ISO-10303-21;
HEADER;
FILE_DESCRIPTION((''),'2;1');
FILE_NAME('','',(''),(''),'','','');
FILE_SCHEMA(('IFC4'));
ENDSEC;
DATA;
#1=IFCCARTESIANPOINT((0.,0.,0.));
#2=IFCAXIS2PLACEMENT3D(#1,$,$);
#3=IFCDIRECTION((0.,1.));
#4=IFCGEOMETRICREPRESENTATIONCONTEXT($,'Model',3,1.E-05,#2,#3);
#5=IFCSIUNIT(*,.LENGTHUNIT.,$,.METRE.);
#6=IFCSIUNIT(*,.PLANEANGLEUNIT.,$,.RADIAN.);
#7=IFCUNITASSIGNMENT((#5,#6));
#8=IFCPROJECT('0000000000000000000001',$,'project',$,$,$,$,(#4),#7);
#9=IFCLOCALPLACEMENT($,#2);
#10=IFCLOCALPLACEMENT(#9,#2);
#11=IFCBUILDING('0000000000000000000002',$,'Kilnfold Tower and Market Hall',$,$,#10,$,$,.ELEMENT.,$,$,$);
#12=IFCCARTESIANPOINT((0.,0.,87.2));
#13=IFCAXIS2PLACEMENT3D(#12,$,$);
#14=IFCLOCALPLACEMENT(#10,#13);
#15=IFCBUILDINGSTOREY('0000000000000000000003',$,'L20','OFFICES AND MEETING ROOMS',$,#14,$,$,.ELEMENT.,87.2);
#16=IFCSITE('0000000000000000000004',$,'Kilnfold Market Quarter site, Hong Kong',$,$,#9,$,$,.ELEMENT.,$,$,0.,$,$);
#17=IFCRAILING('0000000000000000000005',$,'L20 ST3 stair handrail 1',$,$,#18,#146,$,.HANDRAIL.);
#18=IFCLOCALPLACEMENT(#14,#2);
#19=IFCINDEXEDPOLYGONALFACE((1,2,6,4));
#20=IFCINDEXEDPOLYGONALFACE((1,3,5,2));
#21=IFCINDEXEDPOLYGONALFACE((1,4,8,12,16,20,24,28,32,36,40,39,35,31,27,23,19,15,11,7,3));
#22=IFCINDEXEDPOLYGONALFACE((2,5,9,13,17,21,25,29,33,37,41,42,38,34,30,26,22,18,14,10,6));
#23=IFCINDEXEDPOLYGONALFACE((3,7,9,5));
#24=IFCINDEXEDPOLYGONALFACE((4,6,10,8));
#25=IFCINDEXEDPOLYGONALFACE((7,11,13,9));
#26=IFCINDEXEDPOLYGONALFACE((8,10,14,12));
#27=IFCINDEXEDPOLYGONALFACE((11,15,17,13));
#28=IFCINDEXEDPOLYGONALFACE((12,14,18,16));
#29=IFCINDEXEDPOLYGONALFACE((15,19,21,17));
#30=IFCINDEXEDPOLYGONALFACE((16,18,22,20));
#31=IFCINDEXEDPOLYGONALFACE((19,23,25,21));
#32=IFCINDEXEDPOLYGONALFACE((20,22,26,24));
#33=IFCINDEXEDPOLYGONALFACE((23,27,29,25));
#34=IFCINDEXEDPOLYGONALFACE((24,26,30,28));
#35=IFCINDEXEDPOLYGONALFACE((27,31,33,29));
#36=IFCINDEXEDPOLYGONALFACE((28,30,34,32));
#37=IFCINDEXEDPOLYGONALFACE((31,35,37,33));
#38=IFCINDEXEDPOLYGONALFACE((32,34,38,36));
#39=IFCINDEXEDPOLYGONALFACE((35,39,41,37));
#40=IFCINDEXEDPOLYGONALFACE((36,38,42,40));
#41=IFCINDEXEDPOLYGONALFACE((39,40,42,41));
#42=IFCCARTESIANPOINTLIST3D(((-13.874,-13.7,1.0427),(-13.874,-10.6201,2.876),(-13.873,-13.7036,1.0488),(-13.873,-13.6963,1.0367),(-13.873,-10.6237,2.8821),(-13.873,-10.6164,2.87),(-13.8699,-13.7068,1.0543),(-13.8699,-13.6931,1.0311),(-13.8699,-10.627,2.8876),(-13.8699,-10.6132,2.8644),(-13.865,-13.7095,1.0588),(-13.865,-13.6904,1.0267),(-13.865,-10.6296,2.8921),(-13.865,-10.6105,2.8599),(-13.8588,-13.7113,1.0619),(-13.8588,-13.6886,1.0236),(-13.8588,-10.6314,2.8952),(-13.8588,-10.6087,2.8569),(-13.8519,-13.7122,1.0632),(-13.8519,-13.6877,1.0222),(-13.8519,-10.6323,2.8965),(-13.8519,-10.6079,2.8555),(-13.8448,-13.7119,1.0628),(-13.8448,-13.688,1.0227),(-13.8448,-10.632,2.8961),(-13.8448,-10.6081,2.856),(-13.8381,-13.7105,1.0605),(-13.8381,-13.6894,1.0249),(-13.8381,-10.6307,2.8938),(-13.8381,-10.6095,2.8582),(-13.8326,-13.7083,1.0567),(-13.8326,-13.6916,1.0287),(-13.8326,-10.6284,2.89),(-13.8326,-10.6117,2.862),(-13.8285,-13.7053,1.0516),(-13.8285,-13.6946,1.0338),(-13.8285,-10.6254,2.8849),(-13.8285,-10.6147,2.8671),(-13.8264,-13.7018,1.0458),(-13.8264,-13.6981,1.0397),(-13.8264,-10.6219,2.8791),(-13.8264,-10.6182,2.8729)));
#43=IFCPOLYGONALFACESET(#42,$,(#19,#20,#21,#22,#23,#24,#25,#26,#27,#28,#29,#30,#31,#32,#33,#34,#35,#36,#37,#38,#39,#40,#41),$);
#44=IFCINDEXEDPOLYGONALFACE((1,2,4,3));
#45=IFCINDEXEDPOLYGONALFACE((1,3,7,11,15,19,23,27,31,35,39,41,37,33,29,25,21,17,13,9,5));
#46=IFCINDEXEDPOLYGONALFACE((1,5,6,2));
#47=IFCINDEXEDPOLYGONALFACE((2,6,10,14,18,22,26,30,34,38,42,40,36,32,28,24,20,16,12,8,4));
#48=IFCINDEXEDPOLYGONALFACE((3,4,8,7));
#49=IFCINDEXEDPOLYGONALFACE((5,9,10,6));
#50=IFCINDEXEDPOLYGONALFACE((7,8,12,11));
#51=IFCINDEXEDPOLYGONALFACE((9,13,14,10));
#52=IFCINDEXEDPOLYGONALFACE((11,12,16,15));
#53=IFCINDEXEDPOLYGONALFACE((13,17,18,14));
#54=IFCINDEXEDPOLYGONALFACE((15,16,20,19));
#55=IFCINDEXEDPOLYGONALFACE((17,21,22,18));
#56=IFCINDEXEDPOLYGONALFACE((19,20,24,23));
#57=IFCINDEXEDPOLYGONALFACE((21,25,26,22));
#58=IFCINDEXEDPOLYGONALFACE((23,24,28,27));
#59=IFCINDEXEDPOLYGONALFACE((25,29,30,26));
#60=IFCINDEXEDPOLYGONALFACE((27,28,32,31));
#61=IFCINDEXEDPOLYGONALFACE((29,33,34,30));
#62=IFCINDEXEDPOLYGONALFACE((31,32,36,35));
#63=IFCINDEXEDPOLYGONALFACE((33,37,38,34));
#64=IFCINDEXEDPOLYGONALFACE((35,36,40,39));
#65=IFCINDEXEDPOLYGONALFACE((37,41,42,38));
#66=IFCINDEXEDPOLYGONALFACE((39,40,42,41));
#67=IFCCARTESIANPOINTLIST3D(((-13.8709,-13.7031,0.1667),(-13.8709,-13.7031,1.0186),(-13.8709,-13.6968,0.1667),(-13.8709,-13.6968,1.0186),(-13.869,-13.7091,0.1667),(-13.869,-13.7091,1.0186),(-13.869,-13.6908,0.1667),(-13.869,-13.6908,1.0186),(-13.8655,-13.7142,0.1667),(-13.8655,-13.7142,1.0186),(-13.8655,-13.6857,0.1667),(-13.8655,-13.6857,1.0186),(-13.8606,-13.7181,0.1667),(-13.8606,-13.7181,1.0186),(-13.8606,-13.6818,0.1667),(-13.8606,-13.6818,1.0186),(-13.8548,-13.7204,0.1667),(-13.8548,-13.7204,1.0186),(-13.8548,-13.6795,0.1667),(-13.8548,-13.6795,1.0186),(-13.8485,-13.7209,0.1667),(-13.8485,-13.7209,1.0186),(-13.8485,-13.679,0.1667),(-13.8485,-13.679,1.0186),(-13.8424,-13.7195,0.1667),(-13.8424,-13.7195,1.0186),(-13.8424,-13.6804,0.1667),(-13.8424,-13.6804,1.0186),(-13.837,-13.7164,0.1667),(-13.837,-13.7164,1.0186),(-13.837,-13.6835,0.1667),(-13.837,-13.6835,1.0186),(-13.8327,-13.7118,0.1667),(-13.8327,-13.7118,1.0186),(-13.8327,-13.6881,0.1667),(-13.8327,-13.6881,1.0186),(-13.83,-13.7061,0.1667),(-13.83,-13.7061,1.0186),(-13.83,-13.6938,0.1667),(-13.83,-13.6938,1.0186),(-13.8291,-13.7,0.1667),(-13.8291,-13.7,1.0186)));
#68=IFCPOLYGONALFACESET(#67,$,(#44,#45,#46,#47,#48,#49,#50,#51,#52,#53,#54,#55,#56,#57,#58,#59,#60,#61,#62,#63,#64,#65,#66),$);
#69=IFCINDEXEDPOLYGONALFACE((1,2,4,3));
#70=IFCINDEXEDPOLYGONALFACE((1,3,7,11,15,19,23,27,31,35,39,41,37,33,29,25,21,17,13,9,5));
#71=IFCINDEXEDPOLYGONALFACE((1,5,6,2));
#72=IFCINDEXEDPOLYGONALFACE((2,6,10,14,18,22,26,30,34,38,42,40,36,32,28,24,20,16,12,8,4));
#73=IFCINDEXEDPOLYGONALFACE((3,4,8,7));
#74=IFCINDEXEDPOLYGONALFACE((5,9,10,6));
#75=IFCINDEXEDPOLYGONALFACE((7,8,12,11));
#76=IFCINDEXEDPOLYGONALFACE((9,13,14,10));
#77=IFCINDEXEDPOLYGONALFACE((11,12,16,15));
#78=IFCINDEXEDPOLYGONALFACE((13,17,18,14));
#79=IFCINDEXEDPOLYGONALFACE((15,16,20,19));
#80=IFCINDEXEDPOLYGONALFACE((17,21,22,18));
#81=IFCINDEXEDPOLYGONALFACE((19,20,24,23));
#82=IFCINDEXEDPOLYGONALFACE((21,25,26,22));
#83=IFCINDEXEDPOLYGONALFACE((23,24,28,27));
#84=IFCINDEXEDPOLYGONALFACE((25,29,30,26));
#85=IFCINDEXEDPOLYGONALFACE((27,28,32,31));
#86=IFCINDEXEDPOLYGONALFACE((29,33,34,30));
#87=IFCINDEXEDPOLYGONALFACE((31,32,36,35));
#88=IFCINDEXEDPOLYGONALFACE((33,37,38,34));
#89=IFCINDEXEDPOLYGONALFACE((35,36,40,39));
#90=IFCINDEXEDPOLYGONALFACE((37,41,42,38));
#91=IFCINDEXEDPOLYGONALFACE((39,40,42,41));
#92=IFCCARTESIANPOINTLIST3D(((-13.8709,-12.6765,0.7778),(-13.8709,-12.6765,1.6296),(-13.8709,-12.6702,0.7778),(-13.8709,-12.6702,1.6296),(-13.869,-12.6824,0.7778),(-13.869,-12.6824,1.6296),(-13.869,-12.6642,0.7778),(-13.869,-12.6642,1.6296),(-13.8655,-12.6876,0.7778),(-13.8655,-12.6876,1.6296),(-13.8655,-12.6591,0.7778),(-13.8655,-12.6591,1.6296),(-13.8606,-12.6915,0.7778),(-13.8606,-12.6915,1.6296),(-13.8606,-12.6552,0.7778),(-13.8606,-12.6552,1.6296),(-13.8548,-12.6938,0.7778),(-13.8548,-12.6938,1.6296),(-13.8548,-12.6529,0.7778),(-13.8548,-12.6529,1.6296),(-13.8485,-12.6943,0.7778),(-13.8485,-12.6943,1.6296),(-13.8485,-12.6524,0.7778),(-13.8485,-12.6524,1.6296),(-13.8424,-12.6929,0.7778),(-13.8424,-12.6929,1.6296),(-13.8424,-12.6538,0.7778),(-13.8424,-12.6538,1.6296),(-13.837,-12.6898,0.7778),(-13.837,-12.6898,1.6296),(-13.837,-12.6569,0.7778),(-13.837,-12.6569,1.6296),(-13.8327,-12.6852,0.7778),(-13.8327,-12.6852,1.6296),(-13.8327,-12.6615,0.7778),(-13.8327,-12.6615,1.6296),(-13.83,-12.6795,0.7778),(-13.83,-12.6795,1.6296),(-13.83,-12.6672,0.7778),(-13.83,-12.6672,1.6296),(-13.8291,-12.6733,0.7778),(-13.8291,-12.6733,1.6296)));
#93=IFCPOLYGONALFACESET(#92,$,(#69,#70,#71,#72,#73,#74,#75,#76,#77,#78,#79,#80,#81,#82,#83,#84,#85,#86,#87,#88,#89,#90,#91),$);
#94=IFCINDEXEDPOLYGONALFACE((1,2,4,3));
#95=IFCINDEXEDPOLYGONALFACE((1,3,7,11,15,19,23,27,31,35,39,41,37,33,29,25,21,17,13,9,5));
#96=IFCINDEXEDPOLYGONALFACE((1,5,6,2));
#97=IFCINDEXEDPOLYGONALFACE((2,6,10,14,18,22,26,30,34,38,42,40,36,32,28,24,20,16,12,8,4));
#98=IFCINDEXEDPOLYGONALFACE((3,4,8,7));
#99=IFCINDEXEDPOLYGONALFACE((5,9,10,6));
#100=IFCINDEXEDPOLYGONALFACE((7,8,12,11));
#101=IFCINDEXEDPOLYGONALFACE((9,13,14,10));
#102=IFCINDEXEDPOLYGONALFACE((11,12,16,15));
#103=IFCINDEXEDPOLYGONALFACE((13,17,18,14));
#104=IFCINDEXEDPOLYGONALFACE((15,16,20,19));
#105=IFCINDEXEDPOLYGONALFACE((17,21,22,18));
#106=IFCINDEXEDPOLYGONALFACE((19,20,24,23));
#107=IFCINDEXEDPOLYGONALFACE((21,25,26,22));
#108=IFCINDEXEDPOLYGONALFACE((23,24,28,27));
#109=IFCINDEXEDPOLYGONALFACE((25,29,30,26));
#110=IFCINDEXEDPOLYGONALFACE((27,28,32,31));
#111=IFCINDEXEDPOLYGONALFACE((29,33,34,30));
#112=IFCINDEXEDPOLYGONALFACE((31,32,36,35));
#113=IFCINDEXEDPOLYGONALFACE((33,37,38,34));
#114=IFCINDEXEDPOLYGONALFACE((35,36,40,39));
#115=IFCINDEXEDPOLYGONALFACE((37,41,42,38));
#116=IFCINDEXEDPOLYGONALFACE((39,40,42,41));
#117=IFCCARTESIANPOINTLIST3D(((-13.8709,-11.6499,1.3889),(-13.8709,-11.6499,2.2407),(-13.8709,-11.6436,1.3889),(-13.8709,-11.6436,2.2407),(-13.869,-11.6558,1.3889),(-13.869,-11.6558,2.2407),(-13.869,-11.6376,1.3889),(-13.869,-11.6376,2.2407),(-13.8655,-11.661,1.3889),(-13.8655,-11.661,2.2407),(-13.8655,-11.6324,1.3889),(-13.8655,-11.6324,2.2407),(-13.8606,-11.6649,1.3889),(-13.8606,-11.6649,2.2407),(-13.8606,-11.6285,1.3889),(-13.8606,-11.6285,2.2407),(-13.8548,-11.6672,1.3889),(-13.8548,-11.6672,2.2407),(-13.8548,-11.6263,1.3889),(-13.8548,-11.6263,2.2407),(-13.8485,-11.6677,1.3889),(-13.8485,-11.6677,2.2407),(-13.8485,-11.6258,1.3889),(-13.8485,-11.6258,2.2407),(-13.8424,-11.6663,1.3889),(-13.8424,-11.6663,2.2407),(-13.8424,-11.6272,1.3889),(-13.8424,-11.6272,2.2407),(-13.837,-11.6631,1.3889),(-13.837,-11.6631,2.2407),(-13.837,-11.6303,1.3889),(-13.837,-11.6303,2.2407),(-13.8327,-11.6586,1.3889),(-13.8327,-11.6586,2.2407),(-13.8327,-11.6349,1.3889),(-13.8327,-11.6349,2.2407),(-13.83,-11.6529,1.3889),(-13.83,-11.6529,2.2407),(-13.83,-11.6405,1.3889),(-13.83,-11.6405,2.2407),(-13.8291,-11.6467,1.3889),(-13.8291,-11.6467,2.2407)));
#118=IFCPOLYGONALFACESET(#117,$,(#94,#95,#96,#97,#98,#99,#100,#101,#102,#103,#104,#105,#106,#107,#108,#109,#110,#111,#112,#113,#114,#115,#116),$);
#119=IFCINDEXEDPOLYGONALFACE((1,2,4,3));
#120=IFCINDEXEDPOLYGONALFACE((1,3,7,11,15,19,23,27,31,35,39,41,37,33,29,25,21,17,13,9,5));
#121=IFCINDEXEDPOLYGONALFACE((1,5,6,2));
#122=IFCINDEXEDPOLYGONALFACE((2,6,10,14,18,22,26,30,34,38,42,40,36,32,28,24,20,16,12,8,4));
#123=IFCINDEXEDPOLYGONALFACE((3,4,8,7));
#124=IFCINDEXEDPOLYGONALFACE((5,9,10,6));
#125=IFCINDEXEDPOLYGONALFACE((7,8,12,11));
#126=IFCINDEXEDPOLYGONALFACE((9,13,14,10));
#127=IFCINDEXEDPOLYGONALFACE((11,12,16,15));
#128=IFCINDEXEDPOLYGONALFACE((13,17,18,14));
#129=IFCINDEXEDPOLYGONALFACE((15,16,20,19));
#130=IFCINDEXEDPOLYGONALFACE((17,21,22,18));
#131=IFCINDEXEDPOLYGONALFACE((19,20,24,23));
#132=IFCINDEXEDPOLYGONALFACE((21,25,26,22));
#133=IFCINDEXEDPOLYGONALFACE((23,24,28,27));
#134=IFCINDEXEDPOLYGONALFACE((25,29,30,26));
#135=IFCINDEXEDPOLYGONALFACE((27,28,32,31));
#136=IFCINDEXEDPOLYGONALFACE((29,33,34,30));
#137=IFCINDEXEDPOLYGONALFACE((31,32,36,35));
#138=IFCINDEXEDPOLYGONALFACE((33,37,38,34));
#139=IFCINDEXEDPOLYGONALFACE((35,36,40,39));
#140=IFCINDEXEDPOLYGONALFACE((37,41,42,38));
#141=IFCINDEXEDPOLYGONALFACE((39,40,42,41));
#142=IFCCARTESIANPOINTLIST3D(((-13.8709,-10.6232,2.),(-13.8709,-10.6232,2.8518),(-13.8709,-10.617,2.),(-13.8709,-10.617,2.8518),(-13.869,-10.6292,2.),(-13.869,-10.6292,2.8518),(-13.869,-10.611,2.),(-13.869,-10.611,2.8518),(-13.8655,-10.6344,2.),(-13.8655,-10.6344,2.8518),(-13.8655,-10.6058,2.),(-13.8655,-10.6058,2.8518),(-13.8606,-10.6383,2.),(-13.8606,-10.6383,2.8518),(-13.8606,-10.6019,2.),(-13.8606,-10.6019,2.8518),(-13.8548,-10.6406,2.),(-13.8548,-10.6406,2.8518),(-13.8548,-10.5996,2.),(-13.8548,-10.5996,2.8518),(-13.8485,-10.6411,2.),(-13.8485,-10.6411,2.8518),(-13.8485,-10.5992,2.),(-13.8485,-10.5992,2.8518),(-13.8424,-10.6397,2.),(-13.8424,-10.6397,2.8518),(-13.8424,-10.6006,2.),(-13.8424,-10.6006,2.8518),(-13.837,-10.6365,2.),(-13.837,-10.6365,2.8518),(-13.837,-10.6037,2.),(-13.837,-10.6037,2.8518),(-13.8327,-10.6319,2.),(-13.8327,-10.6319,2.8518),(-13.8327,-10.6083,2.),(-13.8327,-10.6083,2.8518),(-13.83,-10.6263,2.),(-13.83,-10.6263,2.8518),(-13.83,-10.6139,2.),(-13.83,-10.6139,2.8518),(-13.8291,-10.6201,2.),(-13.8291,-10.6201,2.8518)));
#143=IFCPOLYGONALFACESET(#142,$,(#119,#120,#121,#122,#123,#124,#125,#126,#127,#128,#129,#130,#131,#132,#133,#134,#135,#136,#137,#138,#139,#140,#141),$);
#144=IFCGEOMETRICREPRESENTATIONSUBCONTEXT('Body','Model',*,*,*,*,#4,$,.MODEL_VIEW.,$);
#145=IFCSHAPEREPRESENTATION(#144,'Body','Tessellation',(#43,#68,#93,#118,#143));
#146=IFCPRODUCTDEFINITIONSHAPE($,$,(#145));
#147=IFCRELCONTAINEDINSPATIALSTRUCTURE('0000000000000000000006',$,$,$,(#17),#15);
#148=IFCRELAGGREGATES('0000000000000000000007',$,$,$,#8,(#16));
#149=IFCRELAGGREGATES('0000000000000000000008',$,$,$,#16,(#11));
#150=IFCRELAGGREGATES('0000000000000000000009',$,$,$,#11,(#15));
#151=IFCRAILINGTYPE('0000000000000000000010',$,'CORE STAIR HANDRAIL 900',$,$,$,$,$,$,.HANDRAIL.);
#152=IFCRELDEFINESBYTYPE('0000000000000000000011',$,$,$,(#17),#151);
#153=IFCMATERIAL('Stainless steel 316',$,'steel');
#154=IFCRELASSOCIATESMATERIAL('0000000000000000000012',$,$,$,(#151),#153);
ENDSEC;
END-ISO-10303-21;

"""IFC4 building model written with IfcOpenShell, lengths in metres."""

from ifc_helpers import new_model, si_unit, direction, frame, origin, origin_2d, place, context, subcontext, project, spatial, circle, extrude, material, type_object, element, save


model = new_model("IFC4")

# Units and contexts
model_context = context("Model", 3, precision=1e-05, world=origin(), true_north=direction((0.0, 1.0)))
body_context = subcontext(model_context, "Body", "Model", "MODEL_VIEW")
ifc_project = project(units=[si_unit("LENGTHUNIT", "METRE"), si_unit("PLANEANGLEUNIT", "RADIAN")], contexts=[model_context])

# Site, building, storey
site_placement = place(None, origin())
site = spatial("IfcSite", under=ifc_project, at=site_placement, Name="Kilnfold Market Quarter site, Hong Kong", CompositionType="ELEMENT", RefElevation=0.0)
building_placement = place(site_placement, origin())
building = spatial("IfcBuilding", under=site, at=building_placement, Name="Kilnfold Tower and Market Hall", CompositionType="ELEMENT")
storey_placement = place(building_placement, frame((0.0, 0.0, 87.2)))
storey = spatial("IfcBuildingStorey", under=building, at=storey_placement, Name="L20", Description="OFFICES AND MEETING ROOMS", CompositionType="ELEMENT", Elevation=87.2)

# Railing
ifc_material_1 = material(Name="Stainless steel 316", Category="steel")
railing_type_1 = type_object("IfcRailingType", Name="CORE STAIR HANDRAIL 900", PredefinedType="HANDRAIL", material=ifc_material_1)
railing_1_placement = place(storey_placement, frame((-13.8501, -13.7, 0.1667)))
element("IfcRailing", 1, at=railing_1_placement, inside=storey, type_object=railing_type_1, Name="L20 ST3 stair handrail 1", PredefinedType="HANDRAIL", context=body_context, shape_type="SweptSolid", body=[
    extrude(circle(Radius=0.0239, at=origin_2d()), frame((0.0, 0.0, 0.876), z_axis=(0.0, 0.859291, 0.511487), x_axis=(-1.0, 0.0, 0.0)), (0.0, 0.0, 1.0), 3.5842),
    extrude(circle(Radius=0.021, at=origin_2d()), origin(), (0.0, 0.0, 1.0), 0.8518),
    extrude(circle(Radius=0.021, at=origin_2d()), frame((0.0, 1.0266, 0.6111)), (0.0, 0.0, 1.0), 0.8518),
    extrude(circle(Radius=0.021, at=origin_2d()), frame((0.0, 2.0532, 1.2222)), (0.0, 0.0, 1.0), 0.8518),
    extrude(circle(Radius=0.021, at=origin_2d()), frame((0.0, 3.0798, 1.8333)), (0.0, 0.0, 1.0), 0.8518),
])

save(model, "model.ifc")
